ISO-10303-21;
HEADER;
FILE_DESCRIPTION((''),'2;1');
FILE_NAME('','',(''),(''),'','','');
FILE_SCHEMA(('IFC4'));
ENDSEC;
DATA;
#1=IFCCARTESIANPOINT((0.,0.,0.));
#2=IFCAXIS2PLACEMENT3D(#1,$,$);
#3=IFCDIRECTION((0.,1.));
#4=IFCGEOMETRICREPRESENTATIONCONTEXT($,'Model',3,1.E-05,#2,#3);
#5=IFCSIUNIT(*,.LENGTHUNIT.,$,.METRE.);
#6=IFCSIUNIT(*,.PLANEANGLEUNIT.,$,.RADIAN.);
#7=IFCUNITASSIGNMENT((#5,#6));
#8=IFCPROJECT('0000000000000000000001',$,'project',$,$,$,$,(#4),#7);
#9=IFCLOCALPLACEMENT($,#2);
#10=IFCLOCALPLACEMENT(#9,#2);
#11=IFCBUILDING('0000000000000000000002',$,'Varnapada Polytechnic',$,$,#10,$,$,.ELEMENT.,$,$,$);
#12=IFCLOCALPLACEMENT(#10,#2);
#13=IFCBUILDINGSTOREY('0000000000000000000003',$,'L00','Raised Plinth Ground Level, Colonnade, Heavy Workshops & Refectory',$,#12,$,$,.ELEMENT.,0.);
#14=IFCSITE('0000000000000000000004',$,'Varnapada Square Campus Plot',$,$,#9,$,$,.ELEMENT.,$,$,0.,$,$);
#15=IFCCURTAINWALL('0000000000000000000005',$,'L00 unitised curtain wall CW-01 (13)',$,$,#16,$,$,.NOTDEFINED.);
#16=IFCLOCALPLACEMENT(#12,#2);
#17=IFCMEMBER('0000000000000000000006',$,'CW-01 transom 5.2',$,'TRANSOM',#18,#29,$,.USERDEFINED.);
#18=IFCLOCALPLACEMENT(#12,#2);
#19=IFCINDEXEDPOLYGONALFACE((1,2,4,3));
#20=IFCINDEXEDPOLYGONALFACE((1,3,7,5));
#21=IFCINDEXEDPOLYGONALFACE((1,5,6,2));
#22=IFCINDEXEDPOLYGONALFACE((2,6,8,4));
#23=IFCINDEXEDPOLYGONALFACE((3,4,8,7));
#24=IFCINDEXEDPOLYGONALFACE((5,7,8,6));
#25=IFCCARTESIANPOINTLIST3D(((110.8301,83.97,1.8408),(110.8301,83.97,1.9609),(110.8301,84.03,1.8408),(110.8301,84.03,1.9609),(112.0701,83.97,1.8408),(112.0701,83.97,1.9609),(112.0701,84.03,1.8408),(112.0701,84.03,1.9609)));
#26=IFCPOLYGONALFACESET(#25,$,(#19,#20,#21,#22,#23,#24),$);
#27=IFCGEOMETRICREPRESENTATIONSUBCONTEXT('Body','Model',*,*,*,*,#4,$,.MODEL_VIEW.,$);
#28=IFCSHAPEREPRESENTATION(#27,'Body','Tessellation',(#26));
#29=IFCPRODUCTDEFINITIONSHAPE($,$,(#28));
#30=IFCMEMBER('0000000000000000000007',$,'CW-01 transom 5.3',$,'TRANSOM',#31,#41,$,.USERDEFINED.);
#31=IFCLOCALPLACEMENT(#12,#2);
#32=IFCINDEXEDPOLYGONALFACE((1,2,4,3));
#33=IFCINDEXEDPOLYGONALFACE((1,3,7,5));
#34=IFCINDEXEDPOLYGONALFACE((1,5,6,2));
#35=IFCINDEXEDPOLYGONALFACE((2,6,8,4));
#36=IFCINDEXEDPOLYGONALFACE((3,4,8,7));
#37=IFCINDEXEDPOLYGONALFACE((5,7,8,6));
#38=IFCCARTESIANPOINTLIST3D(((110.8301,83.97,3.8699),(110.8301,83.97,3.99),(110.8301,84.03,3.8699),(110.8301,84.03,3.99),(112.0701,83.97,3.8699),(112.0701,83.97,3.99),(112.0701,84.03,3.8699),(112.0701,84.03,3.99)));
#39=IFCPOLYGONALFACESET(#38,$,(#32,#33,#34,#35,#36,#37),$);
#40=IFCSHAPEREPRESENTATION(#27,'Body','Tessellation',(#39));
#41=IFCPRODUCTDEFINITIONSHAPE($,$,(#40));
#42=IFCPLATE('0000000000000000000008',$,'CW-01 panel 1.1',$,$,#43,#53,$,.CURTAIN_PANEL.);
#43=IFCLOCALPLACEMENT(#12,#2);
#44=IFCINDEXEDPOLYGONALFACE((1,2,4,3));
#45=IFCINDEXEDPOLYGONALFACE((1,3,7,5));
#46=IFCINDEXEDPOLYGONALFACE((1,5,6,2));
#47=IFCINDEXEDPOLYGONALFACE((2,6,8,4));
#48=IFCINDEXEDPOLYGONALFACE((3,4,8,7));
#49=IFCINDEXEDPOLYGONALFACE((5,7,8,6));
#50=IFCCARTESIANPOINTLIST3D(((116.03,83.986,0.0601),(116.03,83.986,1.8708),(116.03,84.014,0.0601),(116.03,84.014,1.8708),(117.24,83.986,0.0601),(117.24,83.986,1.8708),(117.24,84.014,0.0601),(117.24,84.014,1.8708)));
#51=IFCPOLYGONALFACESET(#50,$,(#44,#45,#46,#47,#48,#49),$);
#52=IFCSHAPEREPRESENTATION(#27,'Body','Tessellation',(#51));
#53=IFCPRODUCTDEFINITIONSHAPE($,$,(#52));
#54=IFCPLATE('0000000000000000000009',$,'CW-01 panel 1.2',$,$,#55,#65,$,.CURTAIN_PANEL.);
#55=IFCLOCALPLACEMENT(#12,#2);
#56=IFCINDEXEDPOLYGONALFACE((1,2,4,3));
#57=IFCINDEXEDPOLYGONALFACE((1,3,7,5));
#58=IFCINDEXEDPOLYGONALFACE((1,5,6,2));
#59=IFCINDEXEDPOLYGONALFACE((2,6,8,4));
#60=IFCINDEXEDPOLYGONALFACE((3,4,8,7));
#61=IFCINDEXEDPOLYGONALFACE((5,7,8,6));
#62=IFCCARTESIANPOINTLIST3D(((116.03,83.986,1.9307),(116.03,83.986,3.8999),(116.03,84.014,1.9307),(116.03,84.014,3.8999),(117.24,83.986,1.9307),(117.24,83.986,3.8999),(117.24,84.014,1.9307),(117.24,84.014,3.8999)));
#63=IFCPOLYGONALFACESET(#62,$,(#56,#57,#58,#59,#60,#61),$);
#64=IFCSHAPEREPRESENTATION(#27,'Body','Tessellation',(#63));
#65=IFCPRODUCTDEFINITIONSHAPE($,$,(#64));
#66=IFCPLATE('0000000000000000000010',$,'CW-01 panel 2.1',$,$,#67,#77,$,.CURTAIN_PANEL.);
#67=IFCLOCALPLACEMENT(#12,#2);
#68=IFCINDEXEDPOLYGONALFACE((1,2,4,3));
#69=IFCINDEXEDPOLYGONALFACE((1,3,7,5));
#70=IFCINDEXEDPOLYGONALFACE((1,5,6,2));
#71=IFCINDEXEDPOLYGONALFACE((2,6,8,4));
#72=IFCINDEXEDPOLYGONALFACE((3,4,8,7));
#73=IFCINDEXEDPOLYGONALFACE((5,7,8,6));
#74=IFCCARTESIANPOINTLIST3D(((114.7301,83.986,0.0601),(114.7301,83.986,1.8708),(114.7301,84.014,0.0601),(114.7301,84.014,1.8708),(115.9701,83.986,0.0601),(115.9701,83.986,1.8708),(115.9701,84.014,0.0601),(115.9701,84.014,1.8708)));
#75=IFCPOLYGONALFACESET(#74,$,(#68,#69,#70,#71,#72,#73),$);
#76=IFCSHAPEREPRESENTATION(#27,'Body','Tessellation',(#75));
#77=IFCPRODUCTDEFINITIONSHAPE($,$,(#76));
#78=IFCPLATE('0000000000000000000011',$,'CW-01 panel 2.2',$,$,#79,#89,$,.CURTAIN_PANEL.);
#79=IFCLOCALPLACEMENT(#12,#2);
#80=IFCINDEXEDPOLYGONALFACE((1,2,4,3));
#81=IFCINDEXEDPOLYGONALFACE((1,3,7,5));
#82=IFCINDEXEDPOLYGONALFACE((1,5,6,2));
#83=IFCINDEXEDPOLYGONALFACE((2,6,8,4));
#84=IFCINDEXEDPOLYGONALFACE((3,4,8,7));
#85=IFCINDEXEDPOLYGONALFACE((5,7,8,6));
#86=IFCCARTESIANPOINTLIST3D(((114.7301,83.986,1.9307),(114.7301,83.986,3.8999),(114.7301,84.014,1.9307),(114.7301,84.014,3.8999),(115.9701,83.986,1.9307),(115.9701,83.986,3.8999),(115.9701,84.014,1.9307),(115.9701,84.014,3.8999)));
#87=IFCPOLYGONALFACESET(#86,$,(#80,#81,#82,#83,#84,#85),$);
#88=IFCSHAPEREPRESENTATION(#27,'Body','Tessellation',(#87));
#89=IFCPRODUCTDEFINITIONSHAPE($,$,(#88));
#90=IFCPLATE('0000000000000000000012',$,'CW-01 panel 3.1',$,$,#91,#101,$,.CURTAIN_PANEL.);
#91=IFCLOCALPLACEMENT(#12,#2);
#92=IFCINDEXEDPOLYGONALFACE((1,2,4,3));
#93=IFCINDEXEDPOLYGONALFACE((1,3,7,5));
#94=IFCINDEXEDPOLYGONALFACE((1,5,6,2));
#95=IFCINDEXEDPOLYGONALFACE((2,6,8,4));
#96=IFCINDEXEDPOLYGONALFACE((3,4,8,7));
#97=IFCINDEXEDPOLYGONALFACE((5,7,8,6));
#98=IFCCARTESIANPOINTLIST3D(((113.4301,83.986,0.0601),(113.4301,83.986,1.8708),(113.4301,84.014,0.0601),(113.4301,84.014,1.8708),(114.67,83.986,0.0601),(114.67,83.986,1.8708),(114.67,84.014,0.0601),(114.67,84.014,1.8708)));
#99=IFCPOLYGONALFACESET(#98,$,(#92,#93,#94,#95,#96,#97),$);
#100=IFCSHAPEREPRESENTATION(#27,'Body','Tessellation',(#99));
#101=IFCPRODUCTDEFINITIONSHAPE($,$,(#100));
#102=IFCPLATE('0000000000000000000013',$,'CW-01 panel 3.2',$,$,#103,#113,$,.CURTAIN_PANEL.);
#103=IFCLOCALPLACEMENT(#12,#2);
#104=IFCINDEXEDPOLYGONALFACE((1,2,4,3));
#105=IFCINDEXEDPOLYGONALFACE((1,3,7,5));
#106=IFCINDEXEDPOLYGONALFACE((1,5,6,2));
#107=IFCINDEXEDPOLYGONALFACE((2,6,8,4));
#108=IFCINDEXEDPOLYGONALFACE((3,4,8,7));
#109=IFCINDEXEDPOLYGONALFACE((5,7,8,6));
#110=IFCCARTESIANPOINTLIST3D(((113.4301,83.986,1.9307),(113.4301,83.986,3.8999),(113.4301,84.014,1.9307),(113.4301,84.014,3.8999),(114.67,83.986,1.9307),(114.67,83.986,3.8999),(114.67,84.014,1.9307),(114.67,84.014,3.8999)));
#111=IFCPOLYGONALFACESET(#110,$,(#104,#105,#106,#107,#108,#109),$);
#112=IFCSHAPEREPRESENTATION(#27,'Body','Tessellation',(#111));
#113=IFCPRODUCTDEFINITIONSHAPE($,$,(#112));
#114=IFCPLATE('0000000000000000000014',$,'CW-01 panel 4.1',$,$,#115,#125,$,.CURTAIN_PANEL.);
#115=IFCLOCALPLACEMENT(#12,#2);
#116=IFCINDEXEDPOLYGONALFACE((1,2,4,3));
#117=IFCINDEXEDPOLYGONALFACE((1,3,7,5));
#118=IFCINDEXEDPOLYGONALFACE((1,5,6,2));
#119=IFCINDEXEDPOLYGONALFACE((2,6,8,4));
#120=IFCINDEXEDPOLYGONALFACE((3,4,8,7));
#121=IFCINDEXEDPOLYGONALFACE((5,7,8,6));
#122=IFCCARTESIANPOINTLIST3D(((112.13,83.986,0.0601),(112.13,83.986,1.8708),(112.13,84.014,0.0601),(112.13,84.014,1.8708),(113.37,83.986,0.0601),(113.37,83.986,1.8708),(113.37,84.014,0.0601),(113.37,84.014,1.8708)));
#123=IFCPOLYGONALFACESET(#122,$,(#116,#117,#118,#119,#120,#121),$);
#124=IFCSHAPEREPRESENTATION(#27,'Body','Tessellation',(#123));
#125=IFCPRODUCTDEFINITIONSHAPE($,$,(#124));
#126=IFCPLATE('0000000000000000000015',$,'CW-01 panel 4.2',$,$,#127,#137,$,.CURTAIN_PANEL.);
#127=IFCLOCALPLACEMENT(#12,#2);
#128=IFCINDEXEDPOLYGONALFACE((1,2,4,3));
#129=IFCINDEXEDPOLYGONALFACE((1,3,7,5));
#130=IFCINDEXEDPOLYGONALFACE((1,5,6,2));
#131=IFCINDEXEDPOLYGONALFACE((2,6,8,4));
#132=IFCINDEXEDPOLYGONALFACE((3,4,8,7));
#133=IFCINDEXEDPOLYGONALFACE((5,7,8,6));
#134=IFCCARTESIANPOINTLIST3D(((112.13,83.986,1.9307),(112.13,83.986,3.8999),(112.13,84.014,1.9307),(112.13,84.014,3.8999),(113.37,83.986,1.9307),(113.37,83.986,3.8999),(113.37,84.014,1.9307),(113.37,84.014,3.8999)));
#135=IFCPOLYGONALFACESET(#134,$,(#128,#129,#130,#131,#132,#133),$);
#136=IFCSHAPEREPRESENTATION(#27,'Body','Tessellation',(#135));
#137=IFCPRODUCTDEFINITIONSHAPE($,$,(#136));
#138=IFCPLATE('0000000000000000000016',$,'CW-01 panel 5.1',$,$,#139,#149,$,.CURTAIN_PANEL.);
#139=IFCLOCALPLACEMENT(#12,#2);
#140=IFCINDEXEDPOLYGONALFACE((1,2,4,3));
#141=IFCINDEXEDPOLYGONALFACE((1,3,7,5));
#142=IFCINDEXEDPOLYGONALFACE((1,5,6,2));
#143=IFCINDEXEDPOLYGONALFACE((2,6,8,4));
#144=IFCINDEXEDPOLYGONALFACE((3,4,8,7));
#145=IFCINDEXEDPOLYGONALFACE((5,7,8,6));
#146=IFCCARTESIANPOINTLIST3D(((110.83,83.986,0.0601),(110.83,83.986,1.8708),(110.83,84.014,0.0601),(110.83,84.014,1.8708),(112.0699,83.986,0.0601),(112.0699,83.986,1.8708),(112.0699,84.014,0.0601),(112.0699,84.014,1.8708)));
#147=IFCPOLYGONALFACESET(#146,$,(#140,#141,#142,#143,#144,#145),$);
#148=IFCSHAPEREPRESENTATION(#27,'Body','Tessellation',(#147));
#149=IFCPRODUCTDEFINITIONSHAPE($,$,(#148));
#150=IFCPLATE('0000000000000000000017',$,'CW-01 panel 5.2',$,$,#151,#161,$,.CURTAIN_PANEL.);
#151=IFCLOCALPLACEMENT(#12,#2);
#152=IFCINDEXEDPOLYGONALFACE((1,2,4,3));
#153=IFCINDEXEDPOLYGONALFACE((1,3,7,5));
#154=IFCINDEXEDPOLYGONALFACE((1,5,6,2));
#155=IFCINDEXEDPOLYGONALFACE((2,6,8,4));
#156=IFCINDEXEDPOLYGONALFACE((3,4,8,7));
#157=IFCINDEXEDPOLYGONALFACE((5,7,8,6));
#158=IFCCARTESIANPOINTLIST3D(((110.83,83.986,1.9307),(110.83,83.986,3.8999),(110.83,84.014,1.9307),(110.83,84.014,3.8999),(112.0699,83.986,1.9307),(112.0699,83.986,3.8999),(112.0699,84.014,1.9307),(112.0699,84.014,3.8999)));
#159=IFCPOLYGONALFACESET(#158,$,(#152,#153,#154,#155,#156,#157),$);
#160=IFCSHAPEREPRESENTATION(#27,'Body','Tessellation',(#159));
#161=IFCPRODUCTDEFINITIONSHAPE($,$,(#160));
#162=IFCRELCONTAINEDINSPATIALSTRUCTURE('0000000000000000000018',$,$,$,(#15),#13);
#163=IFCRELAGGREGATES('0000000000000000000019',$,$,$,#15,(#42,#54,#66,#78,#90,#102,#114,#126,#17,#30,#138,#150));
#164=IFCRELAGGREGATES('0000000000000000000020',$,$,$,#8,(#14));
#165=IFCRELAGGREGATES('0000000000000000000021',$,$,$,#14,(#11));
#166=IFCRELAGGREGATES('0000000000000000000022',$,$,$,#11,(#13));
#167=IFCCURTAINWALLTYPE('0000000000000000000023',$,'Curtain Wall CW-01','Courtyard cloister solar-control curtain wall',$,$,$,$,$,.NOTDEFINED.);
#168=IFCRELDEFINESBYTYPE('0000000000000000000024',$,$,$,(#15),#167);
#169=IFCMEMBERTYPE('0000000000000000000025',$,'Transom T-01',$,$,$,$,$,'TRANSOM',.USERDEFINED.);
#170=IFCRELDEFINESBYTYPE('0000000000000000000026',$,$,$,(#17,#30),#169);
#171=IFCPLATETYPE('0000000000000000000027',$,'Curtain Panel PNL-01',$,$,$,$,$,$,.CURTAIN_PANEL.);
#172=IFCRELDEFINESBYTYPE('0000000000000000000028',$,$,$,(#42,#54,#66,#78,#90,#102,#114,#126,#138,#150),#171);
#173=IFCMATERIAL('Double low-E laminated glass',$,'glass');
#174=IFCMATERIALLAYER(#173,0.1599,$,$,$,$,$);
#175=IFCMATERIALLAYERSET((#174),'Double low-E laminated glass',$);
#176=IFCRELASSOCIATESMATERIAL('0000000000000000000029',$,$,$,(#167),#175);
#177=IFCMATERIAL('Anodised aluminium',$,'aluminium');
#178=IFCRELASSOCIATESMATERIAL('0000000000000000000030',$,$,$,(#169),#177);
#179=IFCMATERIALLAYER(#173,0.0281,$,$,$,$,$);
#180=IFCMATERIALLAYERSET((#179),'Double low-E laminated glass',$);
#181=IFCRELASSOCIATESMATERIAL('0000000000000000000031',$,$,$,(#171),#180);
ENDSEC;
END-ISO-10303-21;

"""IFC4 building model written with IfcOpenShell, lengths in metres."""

from ifc_helpers import new_model, si_unit, direction, frame, origin, origin_2d, place, context, subcontext, project, spatial, rectangle, extrude, material, layer, layer_set, material_profile, profile_set, type_object, element, aggregate, save


model = new_model("IFC4")

# Units and contexts
model_context = context("Model", 3, precision=1e-05, world=origin(), true_north=direction((0.0, 1.0)))
body_context = subcontext(model_context, "Body", "Model", "MODEL_VIEW")
ifc_project = project(units=[si_unit("LENGTHUNIT", "METRE"), si_unit("PLANEANGLEUNIT", "RADIAN")], contexts=[model_context])

# Site, building, storey
site_placement = place(None, origin())
site = spatial("IfcSite", under=ifc_project, at=site_placement, Name="Varnapada Square Campus Plot", CompositionType="ELEMENT", RefElevation=0.0)
building_placement = place(site_placement, origin())
building = spatial("IfcBuilding", under=site, at=building_placement, Name="Varnapada Polytechnic", CompositionType="ELEMENT")
storey_placement = place(building_placement, origin())
storey = spatial("IfcBuildingStorey", under=building, at=storey_placement, Name="L00", Description="Raised Plinth Ground Level, Colonnade, Heavy Workshops & Refectory", CompositionType="ELEMENT", Elevation=0.0)

# Curtain wall, members, plates
ifc_material_1 = material(Name="Double low-E laminated glass", Category="glass")
ifc_layer_1 = layer(ifc_material_1, 0.1599)
ifc_layer_set_1 = layer_set([ifc_layer_1], Name="Double low-E laminated glass")
curtain_wall_type = type_object("IfcCurtainWallType", Name="Curtain Wall CW-01", Description="Courtyard cloister solar-control curtain wall", PredefinedType="NOTDEFINED", material=ifc_layer_set_1)
curtain_wall_placement = place(storey_placement, origin())
curtain_wall = element("IfcCurtainWall", 1, at=curtain_wall_placement, inside=storey, type_object=curtain_wall_type, Name="L00 unitised curtain wall CW-01 (13)", PredefinedType="NOTDEFINED")
ifc_material_2 = material(Name="Anodised aluminium", Category="aluminium")
ifc_material_profile_1 = material_profile(ifc_material_2, rectangle(XDim=0.0601, YDim=0.1201, at=origin_2d()), Name="ALU T60x120")
ifc_profile_set_1 = profile_set([ifc_material_profile_1], Name="Anodised aluminium")
member_type_1 = type_object("IfcMemberType", Name="Transom T-01", ElementType="TRANSOM", PredefinedType="USERDEFINED", material=ifc_profile_set_1)
member_1_placement = place(storey_placement, frame((112.0701, 84.0, 1.9009), z_axis=(-1.0, 0.0, 0.0), x_axis=(0.0, -1.0, 0.0)))
member_1 = element("IfcMember", 2, at=member_1_placement, type_object=member_type_1, Name="CW-01 transom 5.2", ObjectType="TRANSOM", PredefinedType="USERDEFINED", context=body_context, shape_type="SweptSolid", body=[
    extrude(rectangle(XDim=0.0601, YDim=0.1201, at=origin_2d()), origin(), (0.0, 0.0, 1.0), 1.24),
])
member_2_placement = place(storey_placement, frame((112.0701, 84.0, 3.9299), z_axis=(-1.0, 0.0, 0.0), x_axis=(0.0, -1.0, 0.0)))
member_2 = element("IfcMember", 3, at=member_2_placement, type_object=member_type_1, Name="CW-01 transom 5.3", ObjectType="TRANSOM", PredefinedType="USERDEFINED", context=body_context, shape_type="SweptSolid", body=[
    extrude(rectangle(XDim=0.0601, YDim=0.1201, at=origin_2d()), origin(), (0.0, 0.0, 1.0), 1.24),
])
ifc_layer_2 = layer(ifc_material_1, 0.0281)
ifc_layer_set_2 = layer_set([ifc_layer_2], Name="Double low-E laminated glass")
plate_type = type_object("IfcPlateType", Name="Curtain Panel PNL-01", PredefinedType="CURTAIN_PANEL", material=ifc_layer_set_2)
plate_1_placement = place(storey_placement, frame((116.635, 84.0, 0.0601), z_axis=(0.0, 0.0, 1.0), x_axis=(-1.0, 0.0, 0.0)))
plate_1 = element("IfcPlate", 4, at=plate_1_placement, type_object=plate_type, Name="CW-01 panel 1.1", PredefinedType="CURTAIN_PANEL", context=body_context, shape_type="SweptSolid", body=[
    extrude(rectangle(XDim=1.21, YDim=0.0281, at=origin_2d()), origin(), (0.0, 0.0, 1.0), 1.8108),
])
plate_2_placement = place(storey_placement, frame((116.635, 84.0, 1.9307), z_axis=(0.0, 0.0, 1.0), x_axis=(-1.0, 0.0, 0.0)))
plate_2 = element("IfcPlate", 5, at=plate_2_placement, type_object=plate_type, Name="CW-01 panel 1.2", PredefinedType="CURTAIN_PANEL", context=body_context, shape_type="SweptSolid", body=[
    extrude(rectangle(XDim=1.21, YDim=0.0281, at=origin_2d()), origin(), (0.0, 0.0, 1.0), 1.9692),
])
plate_3_placement = place(storey_placement, frame((115.3501, 84.0, 0.0601), z_axis=(0.0, 0.0, 1.0), x_axis=(-1.0, 0.0, 0.0)))
plate_3 = element("IfcPlate", 6, at=plate_3_placement, type_object=plate_type, Name="CW-01 panel 2.1", PredefinedType="CURTAIN_PANEL", context=body_context, shape_type="SweptSolid", body=[
    extrude(rectangle(XDim=1.24, YDim=0.0281, at=origin_2d()), origin(), (0.0, 0.0, 1.0), 1.8108),
])
plate_4_placement = place(storey_placement, frame((115.3501, 84.0, 1.9307), z_axis=(0.0, 0.0, 1.0), x_axis=(-1.0, 0.0, 0.0)))
plate_4 = element("IfcPlate", 7, at=plate_4_placement, type_object=plate_type, Name="CW-01 panel 2.2", PredefinedType="CURTAIN_PANEL", context=body_context, shape_type="SweptSolid", body=[
    extrude(rectangle(XDim=1.24, YDim=0.0281, at=origin_2d()), origin(), (0.0, 0.0, 1.0), 1.9692),
])
plate_5_placement = place(storey_placement, frame((114.05, 84.0, 0.0601), z_axis=(0.0, 0.0, 1.0), x_axis=(-1.0, 0.0, 0.0)))
plate_5 = element("IfcPlate", 8, at=plate_5_placement, type_object=plate_type, Name="CW-01 panel 3.1", PredefinedType="CURTAIN_PANEL", context=body_context, shape_type="SweptSolid", body=[
    extrude(rectangle(XDim=1.24, YDim=0.0281, at=origin_2d()), origin(), (0.0, 0.0, 1.0), 1.8108),
])
plate_6_placement = place(storey_placement, frame((114.05, 84.0, 1.9307), z_axis=(0.0, 0.0, 1.0), x_axis=(-1.0, 0.0, 0.0)))
plate_6 = element("IfcPlate", 9, at=plate_6_placement, type_object=plate_type, Name="CW-01 panel 3.2", PredefinedType="CURTAIN_PANEL", context=body_context, shape_type="SweptSolid", body=[
    extrude(rectangle(XDim=1.24, YDim=0.0281, at=origin_2d()), origin(), (0.0, 0.0, 1.0), 1.9692),
])
plate_7_placement = place(storey_placement, frame((112.75, 84.0, 0.0601), z_axis=(0.0, 0.0, 1.0), x_axis=(-1.0, 0.0, 0.0)))
plate_7 = element("IfcPlate", 10, at=plate_7_placement, type_object=plate_type, Name="CW-01 panel 4.1", PredefinedType="CURTAIN_PANEL", context=body_context, shape_type="SweptSolid", body=[
    extrude(rectangle(XDim=1.24, YDim=0.0281, at=origin_2d()), origin(), (0.0, 0.0, 1.0), 1.8108),
])
plate_8_placement = place(storey_placement, frame((112.75, 84.0, 1.9307), z_axis=(0.0, 0.0, 1.0), x_axis=(-1.0, 0.0, 0.0)))
plate_8 = element("IfcPlate", 11, at=plate_8_placement, type_object=plate_type, Name="CW-01 panel 4.2", PredefinedType="CURTAIN_PANEL", context=body_context, shape_type="SweptSolid", body=[
    extrude(rectangle(XDim=1.24, YDim=0.0281, at=origin_2d()), origin(), (0.0, 0.0, 1.0), 1.9692),
])
plate_9_placement = place(storey_placement, frame((111.45, 84.0, 0.0601), z_axis=(0.0, 0.0, 1.0), x_axis=(-1.0, 0.0, 0.0)))
plate_9 = element("IfcPlate", 12, at=plate_9_placement, type_object=plate_type, Name="CW-01 panel 5.1", PredefinedType="CURTAIN_PANEL", context=body_context, shape_type="SweptSolid", body=[
    extrude(rectangle(XDim=1.24, YDim=0.0281, at=origin_2d()), origin(), (0.0, 0.0, 1.0), 1.8108),
])
plate_10_placement = place(storey_placement, frame((111.45, 84.0, 1.9307), z_axis=(0.0, 0.0, 1.0), x_axis=(-1.0, 0.0, 0.0)))
plate_10 = element("IfcPlate", 13, at=plate_10_placement, type_object=plate_type, Name="CW-01 panel 5.2", PredefinedType="CURTAIN_PANEL", context=body_context, shape_type="SweptSolid", body=[
    extrude(rectangle(XDim=1.24, YDim=0.0281, at=origin_2d()), origin(), (0.0, 0.0, 1.0), 1.9692),
])
aggregate(curtain_wall, [plate_1, plate_2, plate_3, plate_4, plate_5, plate_6, plate_7, plate_8, member_1, member_2, plate_9, plate_10])

save(model, "model.ifc")
